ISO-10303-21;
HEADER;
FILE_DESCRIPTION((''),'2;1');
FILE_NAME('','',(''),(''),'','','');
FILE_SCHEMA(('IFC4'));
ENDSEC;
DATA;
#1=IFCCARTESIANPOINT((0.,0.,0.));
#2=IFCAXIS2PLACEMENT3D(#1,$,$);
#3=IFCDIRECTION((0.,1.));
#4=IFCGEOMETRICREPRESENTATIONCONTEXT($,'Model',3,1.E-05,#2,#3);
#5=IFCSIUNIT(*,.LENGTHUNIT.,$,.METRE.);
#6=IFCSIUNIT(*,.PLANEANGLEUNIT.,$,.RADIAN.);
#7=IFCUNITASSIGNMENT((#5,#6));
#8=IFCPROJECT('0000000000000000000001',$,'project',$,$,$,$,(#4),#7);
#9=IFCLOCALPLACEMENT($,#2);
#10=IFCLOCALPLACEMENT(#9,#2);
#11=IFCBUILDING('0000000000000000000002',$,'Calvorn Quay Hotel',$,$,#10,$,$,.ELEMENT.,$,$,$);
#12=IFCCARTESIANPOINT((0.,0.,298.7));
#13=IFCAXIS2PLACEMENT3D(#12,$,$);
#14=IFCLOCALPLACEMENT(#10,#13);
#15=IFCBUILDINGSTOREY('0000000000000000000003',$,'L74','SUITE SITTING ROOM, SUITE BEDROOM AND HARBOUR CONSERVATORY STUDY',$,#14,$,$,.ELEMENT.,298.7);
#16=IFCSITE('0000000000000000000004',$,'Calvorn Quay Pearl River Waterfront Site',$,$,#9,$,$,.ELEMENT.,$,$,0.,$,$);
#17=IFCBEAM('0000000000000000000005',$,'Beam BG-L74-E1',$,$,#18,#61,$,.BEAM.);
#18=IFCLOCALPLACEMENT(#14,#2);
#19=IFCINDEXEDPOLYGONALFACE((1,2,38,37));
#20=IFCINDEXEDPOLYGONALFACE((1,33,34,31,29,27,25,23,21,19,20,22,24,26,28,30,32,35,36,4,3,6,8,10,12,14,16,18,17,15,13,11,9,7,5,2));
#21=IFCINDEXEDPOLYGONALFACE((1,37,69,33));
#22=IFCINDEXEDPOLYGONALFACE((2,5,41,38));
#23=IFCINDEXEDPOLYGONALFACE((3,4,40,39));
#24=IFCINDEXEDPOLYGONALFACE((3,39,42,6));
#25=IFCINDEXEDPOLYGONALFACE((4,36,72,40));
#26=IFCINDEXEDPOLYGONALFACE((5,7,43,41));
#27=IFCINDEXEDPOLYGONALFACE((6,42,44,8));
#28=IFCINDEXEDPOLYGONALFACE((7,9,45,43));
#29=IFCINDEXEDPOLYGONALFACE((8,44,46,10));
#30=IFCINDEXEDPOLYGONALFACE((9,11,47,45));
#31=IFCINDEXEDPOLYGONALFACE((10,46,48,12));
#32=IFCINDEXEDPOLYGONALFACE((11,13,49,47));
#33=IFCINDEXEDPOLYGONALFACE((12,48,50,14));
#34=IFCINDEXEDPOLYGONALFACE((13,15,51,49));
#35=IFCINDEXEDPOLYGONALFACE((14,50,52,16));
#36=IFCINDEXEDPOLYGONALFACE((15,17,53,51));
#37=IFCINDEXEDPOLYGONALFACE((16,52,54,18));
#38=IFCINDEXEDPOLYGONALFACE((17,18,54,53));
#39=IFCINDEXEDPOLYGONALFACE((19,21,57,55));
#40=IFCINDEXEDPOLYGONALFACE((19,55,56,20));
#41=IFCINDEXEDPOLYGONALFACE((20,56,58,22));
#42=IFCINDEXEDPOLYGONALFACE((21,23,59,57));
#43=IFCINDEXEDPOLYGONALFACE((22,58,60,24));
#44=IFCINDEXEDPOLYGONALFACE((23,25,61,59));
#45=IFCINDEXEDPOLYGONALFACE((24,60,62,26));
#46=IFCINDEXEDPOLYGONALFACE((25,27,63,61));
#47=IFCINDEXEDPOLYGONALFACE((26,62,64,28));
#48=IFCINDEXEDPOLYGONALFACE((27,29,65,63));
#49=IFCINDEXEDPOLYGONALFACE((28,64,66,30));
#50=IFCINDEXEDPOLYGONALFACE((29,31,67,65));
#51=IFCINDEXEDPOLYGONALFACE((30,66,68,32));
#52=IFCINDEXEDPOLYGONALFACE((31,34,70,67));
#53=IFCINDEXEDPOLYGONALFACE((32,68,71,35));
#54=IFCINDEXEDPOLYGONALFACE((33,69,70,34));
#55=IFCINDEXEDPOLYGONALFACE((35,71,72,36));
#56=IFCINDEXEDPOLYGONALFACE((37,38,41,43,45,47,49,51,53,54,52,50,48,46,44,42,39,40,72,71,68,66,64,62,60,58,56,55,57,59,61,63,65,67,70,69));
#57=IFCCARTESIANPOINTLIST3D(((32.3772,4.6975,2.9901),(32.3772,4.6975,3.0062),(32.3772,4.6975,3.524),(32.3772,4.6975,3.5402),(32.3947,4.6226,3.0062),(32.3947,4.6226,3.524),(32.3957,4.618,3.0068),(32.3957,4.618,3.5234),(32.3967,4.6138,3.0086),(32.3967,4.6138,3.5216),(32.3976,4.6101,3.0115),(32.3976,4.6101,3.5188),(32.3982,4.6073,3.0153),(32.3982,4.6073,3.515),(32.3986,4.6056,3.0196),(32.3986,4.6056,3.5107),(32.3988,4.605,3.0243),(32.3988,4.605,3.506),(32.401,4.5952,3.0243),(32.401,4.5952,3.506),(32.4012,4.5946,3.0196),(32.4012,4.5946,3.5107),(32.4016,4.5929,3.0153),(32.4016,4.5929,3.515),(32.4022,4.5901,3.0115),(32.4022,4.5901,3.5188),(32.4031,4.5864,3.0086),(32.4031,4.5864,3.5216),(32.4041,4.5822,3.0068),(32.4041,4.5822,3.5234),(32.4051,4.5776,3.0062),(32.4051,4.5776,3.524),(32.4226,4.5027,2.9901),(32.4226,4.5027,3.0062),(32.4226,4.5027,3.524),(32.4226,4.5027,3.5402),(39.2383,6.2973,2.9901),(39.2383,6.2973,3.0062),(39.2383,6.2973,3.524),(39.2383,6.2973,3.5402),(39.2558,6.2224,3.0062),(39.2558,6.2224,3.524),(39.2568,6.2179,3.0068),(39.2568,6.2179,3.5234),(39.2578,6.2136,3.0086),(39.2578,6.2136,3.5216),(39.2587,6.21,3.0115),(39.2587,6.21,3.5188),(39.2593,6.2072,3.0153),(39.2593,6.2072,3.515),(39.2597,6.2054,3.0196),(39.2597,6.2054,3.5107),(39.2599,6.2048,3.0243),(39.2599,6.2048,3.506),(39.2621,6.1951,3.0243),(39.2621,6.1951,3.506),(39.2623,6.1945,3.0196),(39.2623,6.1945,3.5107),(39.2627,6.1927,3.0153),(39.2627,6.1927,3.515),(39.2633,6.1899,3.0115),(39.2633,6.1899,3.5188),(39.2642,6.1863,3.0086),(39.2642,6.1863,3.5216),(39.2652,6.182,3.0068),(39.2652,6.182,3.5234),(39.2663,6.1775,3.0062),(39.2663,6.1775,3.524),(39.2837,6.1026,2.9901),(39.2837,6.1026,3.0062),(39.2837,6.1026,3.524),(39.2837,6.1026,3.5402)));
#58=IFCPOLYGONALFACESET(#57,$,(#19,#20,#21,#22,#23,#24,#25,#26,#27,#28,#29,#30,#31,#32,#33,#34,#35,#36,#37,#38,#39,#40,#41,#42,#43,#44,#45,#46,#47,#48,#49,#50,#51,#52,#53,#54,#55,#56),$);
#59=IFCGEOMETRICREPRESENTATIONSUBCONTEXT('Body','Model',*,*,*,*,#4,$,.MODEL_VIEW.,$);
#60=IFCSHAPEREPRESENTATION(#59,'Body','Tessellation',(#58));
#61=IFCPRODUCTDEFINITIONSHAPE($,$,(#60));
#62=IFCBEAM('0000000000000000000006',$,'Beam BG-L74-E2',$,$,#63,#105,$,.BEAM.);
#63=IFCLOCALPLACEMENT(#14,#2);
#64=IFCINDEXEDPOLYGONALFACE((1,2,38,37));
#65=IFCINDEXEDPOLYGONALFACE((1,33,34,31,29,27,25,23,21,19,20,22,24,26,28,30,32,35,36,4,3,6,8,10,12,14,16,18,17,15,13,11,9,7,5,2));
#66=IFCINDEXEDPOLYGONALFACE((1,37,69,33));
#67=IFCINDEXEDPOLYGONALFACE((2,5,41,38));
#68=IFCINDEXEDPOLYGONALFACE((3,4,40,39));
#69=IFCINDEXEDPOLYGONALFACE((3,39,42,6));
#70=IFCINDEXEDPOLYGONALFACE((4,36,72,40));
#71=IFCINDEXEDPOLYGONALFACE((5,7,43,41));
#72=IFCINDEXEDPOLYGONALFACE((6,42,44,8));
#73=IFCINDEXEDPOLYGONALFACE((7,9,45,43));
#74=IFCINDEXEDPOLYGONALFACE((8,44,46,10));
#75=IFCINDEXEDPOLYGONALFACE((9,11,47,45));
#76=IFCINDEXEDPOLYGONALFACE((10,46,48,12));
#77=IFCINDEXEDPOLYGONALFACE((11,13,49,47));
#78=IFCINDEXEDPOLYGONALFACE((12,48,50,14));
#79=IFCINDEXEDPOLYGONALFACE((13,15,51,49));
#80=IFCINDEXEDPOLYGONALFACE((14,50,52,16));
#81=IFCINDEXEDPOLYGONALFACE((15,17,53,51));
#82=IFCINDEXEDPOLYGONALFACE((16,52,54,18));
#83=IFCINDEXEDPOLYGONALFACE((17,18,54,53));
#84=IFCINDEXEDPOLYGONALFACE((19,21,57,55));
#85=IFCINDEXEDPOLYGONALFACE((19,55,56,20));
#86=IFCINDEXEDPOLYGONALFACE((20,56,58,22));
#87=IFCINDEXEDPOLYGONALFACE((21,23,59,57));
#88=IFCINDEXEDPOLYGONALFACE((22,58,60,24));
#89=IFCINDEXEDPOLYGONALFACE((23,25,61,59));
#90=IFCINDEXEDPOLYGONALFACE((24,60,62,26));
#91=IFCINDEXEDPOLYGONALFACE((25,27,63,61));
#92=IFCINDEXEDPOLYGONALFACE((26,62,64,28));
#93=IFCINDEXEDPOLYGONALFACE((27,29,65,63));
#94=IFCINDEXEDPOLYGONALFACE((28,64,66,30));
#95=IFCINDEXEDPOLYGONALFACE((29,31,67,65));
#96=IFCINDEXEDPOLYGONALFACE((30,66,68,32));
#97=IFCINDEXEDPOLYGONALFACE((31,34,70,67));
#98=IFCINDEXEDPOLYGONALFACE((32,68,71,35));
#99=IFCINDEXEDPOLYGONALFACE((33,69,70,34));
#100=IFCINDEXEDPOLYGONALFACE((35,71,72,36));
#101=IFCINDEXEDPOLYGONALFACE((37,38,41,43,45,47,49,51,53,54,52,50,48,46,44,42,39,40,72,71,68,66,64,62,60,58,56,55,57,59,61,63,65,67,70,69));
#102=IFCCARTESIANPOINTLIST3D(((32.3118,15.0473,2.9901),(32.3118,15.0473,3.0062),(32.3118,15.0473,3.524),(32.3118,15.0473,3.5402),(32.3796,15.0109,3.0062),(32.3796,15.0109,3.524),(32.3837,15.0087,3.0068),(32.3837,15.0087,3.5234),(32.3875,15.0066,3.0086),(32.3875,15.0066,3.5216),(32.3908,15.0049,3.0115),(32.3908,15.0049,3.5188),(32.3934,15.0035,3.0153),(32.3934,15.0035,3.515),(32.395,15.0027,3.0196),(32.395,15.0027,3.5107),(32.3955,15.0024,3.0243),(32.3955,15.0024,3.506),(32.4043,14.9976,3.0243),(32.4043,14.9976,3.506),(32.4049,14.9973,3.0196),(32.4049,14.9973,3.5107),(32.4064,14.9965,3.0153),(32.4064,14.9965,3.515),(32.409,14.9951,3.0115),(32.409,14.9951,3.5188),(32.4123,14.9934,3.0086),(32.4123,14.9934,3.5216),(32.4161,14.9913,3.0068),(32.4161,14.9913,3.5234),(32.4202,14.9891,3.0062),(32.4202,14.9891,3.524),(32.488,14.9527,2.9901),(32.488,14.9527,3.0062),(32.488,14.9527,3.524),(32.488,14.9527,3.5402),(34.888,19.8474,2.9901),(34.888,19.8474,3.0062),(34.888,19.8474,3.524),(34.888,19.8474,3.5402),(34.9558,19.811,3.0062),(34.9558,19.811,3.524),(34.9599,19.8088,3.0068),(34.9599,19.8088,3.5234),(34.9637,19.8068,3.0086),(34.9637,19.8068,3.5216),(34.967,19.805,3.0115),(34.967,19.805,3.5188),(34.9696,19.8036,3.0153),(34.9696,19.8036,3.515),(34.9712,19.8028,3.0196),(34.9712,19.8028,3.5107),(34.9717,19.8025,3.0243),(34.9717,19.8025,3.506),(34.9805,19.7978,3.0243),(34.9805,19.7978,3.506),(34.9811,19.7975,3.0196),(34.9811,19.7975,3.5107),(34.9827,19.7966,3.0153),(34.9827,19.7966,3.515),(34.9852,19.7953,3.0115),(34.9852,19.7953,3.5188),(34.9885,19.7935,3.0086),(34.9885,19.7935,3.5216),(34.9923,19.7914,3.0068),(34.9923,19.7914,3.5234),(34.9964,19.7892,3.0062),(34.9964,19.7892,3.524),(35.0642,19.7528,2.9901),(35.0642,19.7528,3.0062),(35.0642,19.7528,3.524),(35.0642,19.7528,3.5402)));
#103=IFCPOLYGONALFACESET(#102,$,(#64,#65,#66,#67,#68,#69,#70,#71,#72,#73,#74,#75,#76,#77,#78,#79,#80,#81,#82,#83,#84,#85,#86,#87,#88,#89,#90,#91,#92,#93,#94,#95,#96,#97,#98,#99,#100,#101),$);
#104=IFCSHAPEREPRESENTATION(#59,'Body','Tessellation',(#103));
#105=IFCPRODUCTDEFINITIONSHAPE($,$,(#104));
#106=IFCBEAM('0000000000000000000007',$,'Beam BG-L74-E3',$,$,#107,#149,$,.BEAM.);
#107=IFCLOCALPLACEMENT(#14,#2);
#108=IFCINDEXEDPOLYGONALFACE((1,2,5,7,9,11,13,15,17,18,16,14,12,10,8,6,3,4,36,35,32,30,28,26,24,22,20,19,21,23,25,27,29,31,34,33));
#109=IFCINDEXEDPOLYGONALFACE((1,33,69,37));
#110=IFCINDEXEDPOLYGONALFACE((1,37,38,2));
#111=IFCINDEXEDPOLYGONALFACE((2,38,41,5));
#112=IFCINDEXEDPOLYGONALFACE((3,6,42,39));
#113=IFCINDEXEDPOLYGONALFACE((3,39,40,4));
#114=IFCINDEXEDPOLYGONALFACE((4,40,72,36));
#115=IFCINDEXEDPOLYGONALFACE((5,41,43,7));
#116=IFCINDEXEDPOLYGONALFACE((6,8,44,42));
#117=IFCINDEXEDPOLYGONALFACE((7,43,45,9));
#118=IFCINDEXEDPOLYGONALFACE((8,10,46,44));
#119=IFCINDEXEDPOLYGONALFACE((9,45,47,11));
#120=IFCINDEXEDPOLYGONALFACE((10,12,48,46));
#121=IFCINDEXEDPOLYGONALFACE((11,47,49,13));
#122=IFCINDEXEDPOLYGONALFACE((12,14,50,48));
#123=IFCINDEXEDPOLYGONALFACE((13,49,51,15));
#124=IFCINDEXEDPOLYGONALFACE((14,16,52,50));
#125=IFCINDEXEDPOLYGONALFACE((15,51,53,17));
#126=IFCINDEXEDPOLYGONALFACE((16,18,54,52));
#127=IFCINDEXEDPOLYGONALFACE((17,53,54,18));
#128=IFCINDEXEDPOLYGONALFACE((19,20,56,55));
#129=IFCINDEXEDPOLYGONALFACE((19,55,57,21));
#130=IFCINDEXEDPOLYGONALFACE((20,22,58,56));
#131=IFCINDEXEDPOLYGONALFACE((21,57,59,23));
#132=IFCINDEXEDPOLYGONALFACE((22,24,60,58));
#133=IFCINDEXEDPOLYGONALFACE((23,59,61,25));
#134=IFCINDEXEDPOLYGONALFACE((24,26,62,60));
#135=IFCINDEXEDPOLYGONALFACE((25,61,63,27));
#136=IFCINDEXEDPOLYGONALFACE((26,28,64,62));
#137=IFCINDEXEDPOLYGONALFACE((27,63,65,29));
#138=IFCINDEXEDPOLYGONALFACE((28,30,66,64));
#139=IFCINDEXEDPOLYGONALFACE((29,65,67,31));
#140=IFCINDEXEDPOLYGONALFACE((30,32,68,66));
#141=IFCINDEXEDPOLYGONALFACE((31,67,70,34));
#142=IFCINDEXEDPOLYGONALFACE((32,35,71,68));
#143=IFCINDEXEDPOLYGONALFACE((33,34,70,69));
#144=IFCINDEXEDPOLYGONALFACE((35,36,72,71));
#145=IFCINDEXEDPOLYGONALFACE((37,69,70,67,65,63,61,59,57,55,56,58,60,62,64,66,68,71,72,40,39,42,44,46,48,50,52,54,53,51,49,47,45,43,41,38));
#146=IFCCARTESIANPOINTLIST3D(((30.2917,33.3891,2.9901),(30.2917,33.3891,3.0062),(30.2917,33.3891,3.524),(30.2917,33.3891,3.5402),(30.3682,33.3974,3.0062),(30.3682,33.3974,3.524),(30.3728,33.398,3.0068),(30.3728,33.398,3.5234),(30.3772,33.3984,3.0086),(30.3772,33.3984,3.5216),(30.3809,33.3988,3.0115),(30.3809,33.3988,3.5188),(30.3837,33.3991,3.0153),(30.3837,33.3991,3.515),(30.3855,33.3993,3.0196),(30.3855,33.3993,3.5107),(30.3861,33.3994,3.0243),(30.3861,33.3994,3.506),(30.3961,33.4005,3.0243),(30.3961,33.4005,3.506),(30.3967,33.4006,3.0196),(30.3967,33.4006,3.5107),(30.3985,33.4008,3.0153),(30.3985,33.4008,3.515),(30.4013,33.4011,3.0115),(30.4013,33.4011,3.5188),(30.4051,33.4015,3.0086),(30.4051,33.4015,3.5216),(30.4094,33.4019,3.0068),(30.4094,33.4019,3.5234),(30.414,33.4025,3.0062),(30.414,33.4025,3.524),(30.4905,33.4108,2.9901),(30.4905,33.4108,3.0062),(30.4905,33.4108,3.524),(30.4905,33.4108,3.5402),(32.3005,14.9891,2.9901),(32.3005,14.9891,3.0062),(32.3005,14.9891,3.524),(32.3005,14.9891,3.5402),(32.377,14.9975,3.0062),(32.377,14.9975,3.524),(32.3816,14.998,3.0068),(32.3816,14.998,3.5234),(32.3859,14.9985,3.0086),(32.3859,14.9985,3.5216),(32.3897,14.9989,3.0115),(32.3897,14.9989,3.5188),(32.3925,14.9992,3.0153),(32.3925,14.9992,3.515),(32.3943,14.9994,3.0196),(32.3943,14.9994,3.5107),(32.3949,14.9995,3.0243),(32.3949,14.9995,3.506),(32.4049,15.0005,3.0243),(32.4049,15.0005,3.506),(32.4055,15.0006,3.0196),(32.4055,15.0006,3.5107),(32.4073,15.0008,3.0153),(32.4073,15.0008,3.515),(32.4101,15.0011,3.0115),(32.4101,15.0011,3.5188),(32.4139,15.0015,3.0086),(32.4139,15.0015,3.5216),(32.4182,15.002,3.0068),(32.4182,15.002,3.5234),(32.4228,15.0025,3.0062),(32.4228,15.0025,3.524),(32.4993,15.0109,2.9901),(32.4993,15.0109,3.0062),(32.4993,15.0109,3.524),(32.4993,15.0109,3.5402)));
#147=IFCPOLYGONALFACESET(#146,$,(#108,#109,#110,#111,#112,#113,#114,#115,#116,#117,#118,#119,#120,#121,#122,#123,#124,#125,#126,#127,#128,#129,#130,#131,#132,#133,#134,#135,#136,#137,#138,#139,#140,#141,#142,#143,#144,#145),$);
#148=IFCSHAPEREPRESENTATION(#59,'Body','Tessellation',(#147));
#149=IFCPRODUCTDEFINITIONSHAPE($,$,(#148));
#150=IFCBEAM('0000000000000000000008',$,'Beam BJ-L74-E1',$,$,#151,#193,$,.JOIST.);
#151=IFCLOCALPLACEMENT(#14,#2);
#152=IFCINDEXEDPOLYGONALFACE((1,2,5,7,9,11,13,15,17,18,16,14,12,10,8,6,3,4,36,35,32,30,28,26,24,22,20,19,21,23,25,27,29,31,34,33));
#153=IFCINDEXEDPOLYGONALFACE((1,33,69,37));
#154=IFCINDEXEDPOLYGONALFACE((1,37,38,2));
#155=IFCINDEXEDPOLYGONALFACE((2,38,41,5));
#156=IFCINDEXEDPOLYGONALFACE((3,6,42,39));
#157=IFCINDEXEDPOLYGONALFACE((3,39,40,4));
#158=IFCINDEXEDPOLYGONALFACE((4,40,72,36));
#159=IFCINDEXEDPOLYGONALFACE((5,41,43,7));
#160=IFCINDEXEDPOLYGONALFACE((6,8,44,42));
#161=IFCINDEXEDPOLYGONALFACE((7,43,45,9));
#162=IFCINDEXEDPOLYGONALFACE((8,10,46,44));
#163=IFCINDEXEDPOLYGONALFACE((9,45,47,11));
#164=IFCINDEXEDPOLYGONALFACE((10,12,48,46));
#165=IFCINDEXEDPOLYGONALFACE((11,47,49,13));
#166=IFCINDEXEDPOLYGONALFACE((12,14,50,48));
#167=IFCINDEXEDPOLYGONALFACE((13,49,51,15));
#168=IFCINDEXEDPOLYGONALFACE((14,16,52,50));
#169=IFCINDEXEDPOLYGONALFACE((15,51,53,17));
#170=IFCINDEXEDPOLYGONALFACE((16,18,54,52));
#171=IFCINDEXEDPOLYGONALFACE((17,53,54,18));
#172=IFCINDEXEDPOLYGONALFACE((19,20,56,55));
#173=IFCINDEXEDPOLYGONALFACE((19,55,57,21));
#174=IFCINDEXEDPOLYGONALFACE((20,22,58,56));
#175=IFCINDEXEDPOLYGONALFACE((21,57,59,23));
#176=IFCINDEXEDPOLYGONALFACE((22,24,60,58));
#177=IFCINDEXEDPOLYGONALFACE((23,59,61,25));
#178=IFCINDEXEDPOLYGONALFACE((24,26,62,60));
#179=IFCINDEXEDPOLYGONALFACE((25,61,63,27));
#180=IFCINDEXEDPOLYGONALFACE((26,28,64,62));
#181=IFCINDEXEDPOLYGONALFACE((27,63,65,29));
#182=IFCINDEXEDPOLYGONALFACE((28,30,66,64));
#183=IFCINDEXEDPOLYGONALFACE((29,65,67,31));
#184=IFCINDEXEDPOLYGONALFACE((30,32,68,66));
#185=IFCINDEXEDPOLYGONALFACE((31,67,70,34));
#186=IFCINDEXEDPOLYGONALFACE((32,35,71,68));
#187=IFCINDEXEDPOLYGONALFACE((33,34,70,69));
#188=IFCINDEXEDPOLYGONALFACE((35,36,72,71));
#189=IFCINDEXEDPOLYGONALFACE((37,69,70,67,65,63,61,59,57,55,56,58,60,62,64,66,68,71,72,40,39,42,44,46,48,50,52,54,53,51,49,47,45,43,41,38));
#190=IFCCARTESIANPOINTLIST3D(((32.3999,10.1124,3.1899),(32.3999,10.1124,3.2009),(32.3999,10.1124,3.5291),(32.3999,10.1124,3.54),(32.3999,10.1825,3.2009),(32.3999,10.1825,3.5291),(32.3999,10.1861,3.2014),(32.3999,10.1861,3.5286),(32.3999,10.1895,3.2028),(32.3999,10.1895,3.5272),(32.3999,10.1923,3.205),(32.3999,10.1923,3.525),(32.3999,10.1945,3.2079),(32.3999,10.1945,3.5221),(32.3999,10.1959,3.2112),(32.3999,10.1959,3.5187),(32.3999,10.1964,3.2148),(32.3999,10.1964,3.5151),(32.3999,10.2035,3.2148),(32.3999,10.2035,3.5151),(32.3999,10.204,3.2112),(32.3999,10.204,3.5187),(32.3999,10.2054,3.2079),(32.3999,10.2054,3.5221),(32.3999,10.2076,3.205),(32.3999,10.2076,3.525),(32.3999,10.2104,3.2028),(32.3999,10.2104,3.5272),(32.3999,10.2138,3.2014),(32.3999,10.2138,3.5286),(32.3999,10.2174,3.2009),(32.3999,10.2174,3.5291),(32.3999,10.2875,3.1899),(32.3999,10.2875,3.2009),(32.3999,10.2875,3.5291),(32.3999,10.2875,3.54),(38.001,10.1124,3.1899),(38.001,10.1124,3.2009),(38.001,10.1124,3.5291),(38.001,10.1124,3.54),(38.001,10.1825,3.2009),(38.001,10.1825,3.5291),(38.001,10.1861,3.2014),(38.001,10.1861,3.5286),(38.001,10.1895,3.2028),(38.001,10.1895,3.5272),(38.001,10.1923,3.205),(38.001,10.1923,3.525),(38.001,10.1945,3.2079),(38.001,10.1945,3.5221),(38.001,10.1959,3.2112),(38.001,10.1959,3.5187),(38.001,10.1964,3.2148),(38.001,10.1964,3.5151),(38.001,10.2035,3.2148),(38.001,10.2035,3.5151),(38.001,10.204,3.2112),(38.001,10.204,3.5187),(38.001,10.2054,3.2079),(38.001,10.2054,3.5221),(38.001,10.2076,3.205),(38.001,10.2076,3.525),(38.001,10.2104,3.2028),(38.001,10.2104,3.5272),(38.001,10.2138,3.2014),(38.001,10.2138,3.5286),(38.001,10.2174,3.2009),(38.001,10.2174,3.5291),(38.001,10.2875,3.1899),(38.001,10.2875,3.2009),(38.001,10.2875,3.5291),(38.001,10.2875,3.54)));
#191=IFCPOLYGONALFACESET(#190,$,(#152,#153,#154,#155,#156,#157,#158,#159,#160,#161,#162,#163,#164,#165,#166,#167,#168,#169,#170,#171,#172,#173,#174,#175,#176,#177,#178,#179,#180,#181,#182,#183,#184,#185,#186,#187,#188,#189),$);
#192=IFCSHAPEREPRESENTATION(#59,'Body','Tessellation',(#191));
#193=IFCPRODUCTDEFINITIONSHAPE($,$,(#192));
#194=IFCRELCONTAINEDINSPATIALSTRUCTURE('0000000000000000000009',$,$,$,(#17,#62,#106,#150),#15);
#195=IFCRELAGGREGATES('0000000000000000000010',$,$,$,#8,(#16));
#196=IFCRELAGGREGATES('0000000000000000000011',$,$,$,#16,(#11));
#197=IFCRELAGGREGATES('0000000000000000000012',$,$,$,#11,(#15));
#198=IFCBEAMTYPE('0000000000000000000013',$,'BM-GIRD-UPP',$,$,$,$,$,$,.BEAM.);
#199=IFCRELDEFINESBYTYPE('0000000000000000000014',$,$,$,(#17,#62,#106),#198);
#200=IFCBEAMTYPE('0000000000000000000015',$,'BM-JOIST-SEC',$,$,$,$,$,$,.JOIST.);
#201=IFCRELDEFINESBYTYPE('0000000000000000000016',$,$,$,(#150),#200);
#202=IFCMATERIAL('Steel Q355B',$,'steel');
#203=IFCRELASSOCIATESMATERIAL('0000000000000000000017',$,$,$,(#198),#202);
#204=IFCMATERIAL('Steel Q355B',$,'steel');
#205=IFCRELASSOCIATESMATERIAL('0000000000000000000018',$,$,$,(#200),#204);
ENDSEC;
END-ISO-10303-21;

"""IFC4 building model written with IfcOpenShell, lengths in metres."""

from ifc_helpers import new_model, si_unit, direction, frame, origin, origin_2d, place, context, subcontext, project, spatial, i_section, extrude, material, material_profile, profile_set, type_object, element, save


model = new_model("IFC4")

# Units and contexts
model_context = context("Model", 3, precision=1e-05, world=origin(), true_north=direction((0.0, 1.0)))
body_context = subcontext(model_context, "Body", "Model", "MODEL_VIEW")
ifc_project = project(units=[si_unit("LENGTHUNIT", "METRE"), si_unit("PLANEANGLEUNIT", "RADIAN")], contexts=[model_context])

# Site, building, storey
site_placement = place(None, origin())
site = spatial("IfcSite", under=ifc_project, at=site_placement, Name="Calvorn Quay Pearl River Waterfront Site", CompositionType="ELEMENT", RefElevation=0.0)
building_placement = place(site_placement, origin())
building = spatial("IfcBuilding", under=site, at=building_placement, Name="Calvorn Quay Hotel", CompositionType="ELEMENT")
storey_placement = place(building_placement, frame((0.0, 0.0, 298.7)))
storey = spatial("IfcBuildingStorey", under=building, at=storey_placement, Name="L74", Description="SUITE SITTING ROOM, SUITE BEDROOM AND HARBOUR CONSERVATORY STUDY", CompositionType="ELEMENT", Elevation=298.7)

# Beams
ifc_material_1 = material(Name="Steel Q355B", Category="steel")
ifc_material_profile_1 = material_profile(ifc_material_1, i_section(OverallWidth=0.2, OverallDepth=0.55, WebThickness=0.01, FlangeThickness=0.0161, FilletRadius=0.0181, at=origin_2d()), Name="HN550x200x10x16")
ifc_profile_set_1 = profile_set([ifc_material_profile_1], Name="Steel Q355B")
beam_type_1 = type_object("IfcBeamType", Name="BM-GIRD-UPP", PredefinedType="BEAM", material=ifc_profile_set_1)
beam_1_placement = place(storey_placement, frame((32.3999, 4.6001, 3.2651), z_axis=(0.973875, 0.227086, 0.0), x_axis=(-0.227086, 0.973875, 0.0)))
element("IfcBeam", 1, at=beam_1_placement, inside=storey, type_object=beam_type_1, Name="Beam BG-L74-E1", PredefinedType="BEAM", context=body_context, shape_type="SweptSolid", body=[
    extrude(i_section(OverallWidth=0.2, OverallDepth=0.55, WebThickness=0.01, FlangeThickness=0.0161, FilletRadius=0.0181, at=origin_2d()), origin(), (0.0, 0.0, 1.0), 7.0452),
])
beam_2_placement = place(storey_placement, frame((32.3999, 15.0, 3.2651), z_axis=(0.472894, 0.881119, 0.0), x_axis=(-0.881119, 0.472894, 0.0)))
element("IfcBeam", 2, at=beam_2_placement, inside=storey, type_object=beam_type_1, Name="Beam BG-L74-E2", PredefinedType="BEAM", context=body_context, shape_type="SweptSolid", body=[
    extrude(i_section(OverallWidth=0.2, OverallDepth=0.55, WebThickness=0.01, FlangeThickness=0.0161, FilletRadius=0.0181, at=origin_2d()), origin(), (0.0, 0.0, 1.0), 5.4478),
])
beam_3_placement = place(storey_placement, frame((32.3999, 15.0, 3.2651), z_axis=(-0.108529, 0.994093, 0.0), x_axis=(-0.994093, -0.108529, 0.0)))
element("IfcBeam", 3, at=beam_3_placement, inside=storey, type_object=beam_type_1, Name="Beam BG-L74-E3", PredefinedType="BEAM", context=body_context, shape_type="SweptSolid", body=[
    extrude(i_section(OverallWidth=0.2, OverallDepth=0.55, WebThickness=0.01, FlangeThickness=0.0161, FilletRadius=0.0181, at=origin_2d()), origin(), (0.0, 0.0, 1.0), 18.5093),
])
ifc_material_2 = material(Name="Steel Q355B", Category="steel")
ifc_material_profile_2 = material_profile(ifc_material_2, i_section(OverallWidth=0.175, OverallDepth=0.3501, WebThickness=0.0071, FlangeThickness=0.011, FilletRadius=0.0139, at=origin_2d()), Name="HN350x175x7x11")
ifc_profile_set_2 = profile_set([ifc_material_profile_2], Name="Steel Q355B")
beam_type_2 = type_object("IfcBeamType", Name="BM-JOIST-SEC", PredefinedType="JOIST", material=ifc_profile_set_2)
beam_4_placement = place(storey_placement, frame((32.3999, 10.2, 3.365), z_axis=(1.0, 0.0, 0.0), x_axis=(0.0, 1.0, 0.0)))
element("IfcBeam", 4, at=beam_4_placement, inside=storey, type_object=beam_type_2, Name="Beam BJ-L74-E1", PredefinedType="JOIST", context=body_context, shape_type="SweptSolid", body=[
    extrude(i_section(OverallWidth=0.175, OverallDepth=0.3501, WebThickness=0.0071, FlangeThickness=0.011, FilletRadius=0.0139, at=origin_2d()), origin(), (0.0, 0.0, 1.0), 5.6011),
])

save(model, "model.ifc")
